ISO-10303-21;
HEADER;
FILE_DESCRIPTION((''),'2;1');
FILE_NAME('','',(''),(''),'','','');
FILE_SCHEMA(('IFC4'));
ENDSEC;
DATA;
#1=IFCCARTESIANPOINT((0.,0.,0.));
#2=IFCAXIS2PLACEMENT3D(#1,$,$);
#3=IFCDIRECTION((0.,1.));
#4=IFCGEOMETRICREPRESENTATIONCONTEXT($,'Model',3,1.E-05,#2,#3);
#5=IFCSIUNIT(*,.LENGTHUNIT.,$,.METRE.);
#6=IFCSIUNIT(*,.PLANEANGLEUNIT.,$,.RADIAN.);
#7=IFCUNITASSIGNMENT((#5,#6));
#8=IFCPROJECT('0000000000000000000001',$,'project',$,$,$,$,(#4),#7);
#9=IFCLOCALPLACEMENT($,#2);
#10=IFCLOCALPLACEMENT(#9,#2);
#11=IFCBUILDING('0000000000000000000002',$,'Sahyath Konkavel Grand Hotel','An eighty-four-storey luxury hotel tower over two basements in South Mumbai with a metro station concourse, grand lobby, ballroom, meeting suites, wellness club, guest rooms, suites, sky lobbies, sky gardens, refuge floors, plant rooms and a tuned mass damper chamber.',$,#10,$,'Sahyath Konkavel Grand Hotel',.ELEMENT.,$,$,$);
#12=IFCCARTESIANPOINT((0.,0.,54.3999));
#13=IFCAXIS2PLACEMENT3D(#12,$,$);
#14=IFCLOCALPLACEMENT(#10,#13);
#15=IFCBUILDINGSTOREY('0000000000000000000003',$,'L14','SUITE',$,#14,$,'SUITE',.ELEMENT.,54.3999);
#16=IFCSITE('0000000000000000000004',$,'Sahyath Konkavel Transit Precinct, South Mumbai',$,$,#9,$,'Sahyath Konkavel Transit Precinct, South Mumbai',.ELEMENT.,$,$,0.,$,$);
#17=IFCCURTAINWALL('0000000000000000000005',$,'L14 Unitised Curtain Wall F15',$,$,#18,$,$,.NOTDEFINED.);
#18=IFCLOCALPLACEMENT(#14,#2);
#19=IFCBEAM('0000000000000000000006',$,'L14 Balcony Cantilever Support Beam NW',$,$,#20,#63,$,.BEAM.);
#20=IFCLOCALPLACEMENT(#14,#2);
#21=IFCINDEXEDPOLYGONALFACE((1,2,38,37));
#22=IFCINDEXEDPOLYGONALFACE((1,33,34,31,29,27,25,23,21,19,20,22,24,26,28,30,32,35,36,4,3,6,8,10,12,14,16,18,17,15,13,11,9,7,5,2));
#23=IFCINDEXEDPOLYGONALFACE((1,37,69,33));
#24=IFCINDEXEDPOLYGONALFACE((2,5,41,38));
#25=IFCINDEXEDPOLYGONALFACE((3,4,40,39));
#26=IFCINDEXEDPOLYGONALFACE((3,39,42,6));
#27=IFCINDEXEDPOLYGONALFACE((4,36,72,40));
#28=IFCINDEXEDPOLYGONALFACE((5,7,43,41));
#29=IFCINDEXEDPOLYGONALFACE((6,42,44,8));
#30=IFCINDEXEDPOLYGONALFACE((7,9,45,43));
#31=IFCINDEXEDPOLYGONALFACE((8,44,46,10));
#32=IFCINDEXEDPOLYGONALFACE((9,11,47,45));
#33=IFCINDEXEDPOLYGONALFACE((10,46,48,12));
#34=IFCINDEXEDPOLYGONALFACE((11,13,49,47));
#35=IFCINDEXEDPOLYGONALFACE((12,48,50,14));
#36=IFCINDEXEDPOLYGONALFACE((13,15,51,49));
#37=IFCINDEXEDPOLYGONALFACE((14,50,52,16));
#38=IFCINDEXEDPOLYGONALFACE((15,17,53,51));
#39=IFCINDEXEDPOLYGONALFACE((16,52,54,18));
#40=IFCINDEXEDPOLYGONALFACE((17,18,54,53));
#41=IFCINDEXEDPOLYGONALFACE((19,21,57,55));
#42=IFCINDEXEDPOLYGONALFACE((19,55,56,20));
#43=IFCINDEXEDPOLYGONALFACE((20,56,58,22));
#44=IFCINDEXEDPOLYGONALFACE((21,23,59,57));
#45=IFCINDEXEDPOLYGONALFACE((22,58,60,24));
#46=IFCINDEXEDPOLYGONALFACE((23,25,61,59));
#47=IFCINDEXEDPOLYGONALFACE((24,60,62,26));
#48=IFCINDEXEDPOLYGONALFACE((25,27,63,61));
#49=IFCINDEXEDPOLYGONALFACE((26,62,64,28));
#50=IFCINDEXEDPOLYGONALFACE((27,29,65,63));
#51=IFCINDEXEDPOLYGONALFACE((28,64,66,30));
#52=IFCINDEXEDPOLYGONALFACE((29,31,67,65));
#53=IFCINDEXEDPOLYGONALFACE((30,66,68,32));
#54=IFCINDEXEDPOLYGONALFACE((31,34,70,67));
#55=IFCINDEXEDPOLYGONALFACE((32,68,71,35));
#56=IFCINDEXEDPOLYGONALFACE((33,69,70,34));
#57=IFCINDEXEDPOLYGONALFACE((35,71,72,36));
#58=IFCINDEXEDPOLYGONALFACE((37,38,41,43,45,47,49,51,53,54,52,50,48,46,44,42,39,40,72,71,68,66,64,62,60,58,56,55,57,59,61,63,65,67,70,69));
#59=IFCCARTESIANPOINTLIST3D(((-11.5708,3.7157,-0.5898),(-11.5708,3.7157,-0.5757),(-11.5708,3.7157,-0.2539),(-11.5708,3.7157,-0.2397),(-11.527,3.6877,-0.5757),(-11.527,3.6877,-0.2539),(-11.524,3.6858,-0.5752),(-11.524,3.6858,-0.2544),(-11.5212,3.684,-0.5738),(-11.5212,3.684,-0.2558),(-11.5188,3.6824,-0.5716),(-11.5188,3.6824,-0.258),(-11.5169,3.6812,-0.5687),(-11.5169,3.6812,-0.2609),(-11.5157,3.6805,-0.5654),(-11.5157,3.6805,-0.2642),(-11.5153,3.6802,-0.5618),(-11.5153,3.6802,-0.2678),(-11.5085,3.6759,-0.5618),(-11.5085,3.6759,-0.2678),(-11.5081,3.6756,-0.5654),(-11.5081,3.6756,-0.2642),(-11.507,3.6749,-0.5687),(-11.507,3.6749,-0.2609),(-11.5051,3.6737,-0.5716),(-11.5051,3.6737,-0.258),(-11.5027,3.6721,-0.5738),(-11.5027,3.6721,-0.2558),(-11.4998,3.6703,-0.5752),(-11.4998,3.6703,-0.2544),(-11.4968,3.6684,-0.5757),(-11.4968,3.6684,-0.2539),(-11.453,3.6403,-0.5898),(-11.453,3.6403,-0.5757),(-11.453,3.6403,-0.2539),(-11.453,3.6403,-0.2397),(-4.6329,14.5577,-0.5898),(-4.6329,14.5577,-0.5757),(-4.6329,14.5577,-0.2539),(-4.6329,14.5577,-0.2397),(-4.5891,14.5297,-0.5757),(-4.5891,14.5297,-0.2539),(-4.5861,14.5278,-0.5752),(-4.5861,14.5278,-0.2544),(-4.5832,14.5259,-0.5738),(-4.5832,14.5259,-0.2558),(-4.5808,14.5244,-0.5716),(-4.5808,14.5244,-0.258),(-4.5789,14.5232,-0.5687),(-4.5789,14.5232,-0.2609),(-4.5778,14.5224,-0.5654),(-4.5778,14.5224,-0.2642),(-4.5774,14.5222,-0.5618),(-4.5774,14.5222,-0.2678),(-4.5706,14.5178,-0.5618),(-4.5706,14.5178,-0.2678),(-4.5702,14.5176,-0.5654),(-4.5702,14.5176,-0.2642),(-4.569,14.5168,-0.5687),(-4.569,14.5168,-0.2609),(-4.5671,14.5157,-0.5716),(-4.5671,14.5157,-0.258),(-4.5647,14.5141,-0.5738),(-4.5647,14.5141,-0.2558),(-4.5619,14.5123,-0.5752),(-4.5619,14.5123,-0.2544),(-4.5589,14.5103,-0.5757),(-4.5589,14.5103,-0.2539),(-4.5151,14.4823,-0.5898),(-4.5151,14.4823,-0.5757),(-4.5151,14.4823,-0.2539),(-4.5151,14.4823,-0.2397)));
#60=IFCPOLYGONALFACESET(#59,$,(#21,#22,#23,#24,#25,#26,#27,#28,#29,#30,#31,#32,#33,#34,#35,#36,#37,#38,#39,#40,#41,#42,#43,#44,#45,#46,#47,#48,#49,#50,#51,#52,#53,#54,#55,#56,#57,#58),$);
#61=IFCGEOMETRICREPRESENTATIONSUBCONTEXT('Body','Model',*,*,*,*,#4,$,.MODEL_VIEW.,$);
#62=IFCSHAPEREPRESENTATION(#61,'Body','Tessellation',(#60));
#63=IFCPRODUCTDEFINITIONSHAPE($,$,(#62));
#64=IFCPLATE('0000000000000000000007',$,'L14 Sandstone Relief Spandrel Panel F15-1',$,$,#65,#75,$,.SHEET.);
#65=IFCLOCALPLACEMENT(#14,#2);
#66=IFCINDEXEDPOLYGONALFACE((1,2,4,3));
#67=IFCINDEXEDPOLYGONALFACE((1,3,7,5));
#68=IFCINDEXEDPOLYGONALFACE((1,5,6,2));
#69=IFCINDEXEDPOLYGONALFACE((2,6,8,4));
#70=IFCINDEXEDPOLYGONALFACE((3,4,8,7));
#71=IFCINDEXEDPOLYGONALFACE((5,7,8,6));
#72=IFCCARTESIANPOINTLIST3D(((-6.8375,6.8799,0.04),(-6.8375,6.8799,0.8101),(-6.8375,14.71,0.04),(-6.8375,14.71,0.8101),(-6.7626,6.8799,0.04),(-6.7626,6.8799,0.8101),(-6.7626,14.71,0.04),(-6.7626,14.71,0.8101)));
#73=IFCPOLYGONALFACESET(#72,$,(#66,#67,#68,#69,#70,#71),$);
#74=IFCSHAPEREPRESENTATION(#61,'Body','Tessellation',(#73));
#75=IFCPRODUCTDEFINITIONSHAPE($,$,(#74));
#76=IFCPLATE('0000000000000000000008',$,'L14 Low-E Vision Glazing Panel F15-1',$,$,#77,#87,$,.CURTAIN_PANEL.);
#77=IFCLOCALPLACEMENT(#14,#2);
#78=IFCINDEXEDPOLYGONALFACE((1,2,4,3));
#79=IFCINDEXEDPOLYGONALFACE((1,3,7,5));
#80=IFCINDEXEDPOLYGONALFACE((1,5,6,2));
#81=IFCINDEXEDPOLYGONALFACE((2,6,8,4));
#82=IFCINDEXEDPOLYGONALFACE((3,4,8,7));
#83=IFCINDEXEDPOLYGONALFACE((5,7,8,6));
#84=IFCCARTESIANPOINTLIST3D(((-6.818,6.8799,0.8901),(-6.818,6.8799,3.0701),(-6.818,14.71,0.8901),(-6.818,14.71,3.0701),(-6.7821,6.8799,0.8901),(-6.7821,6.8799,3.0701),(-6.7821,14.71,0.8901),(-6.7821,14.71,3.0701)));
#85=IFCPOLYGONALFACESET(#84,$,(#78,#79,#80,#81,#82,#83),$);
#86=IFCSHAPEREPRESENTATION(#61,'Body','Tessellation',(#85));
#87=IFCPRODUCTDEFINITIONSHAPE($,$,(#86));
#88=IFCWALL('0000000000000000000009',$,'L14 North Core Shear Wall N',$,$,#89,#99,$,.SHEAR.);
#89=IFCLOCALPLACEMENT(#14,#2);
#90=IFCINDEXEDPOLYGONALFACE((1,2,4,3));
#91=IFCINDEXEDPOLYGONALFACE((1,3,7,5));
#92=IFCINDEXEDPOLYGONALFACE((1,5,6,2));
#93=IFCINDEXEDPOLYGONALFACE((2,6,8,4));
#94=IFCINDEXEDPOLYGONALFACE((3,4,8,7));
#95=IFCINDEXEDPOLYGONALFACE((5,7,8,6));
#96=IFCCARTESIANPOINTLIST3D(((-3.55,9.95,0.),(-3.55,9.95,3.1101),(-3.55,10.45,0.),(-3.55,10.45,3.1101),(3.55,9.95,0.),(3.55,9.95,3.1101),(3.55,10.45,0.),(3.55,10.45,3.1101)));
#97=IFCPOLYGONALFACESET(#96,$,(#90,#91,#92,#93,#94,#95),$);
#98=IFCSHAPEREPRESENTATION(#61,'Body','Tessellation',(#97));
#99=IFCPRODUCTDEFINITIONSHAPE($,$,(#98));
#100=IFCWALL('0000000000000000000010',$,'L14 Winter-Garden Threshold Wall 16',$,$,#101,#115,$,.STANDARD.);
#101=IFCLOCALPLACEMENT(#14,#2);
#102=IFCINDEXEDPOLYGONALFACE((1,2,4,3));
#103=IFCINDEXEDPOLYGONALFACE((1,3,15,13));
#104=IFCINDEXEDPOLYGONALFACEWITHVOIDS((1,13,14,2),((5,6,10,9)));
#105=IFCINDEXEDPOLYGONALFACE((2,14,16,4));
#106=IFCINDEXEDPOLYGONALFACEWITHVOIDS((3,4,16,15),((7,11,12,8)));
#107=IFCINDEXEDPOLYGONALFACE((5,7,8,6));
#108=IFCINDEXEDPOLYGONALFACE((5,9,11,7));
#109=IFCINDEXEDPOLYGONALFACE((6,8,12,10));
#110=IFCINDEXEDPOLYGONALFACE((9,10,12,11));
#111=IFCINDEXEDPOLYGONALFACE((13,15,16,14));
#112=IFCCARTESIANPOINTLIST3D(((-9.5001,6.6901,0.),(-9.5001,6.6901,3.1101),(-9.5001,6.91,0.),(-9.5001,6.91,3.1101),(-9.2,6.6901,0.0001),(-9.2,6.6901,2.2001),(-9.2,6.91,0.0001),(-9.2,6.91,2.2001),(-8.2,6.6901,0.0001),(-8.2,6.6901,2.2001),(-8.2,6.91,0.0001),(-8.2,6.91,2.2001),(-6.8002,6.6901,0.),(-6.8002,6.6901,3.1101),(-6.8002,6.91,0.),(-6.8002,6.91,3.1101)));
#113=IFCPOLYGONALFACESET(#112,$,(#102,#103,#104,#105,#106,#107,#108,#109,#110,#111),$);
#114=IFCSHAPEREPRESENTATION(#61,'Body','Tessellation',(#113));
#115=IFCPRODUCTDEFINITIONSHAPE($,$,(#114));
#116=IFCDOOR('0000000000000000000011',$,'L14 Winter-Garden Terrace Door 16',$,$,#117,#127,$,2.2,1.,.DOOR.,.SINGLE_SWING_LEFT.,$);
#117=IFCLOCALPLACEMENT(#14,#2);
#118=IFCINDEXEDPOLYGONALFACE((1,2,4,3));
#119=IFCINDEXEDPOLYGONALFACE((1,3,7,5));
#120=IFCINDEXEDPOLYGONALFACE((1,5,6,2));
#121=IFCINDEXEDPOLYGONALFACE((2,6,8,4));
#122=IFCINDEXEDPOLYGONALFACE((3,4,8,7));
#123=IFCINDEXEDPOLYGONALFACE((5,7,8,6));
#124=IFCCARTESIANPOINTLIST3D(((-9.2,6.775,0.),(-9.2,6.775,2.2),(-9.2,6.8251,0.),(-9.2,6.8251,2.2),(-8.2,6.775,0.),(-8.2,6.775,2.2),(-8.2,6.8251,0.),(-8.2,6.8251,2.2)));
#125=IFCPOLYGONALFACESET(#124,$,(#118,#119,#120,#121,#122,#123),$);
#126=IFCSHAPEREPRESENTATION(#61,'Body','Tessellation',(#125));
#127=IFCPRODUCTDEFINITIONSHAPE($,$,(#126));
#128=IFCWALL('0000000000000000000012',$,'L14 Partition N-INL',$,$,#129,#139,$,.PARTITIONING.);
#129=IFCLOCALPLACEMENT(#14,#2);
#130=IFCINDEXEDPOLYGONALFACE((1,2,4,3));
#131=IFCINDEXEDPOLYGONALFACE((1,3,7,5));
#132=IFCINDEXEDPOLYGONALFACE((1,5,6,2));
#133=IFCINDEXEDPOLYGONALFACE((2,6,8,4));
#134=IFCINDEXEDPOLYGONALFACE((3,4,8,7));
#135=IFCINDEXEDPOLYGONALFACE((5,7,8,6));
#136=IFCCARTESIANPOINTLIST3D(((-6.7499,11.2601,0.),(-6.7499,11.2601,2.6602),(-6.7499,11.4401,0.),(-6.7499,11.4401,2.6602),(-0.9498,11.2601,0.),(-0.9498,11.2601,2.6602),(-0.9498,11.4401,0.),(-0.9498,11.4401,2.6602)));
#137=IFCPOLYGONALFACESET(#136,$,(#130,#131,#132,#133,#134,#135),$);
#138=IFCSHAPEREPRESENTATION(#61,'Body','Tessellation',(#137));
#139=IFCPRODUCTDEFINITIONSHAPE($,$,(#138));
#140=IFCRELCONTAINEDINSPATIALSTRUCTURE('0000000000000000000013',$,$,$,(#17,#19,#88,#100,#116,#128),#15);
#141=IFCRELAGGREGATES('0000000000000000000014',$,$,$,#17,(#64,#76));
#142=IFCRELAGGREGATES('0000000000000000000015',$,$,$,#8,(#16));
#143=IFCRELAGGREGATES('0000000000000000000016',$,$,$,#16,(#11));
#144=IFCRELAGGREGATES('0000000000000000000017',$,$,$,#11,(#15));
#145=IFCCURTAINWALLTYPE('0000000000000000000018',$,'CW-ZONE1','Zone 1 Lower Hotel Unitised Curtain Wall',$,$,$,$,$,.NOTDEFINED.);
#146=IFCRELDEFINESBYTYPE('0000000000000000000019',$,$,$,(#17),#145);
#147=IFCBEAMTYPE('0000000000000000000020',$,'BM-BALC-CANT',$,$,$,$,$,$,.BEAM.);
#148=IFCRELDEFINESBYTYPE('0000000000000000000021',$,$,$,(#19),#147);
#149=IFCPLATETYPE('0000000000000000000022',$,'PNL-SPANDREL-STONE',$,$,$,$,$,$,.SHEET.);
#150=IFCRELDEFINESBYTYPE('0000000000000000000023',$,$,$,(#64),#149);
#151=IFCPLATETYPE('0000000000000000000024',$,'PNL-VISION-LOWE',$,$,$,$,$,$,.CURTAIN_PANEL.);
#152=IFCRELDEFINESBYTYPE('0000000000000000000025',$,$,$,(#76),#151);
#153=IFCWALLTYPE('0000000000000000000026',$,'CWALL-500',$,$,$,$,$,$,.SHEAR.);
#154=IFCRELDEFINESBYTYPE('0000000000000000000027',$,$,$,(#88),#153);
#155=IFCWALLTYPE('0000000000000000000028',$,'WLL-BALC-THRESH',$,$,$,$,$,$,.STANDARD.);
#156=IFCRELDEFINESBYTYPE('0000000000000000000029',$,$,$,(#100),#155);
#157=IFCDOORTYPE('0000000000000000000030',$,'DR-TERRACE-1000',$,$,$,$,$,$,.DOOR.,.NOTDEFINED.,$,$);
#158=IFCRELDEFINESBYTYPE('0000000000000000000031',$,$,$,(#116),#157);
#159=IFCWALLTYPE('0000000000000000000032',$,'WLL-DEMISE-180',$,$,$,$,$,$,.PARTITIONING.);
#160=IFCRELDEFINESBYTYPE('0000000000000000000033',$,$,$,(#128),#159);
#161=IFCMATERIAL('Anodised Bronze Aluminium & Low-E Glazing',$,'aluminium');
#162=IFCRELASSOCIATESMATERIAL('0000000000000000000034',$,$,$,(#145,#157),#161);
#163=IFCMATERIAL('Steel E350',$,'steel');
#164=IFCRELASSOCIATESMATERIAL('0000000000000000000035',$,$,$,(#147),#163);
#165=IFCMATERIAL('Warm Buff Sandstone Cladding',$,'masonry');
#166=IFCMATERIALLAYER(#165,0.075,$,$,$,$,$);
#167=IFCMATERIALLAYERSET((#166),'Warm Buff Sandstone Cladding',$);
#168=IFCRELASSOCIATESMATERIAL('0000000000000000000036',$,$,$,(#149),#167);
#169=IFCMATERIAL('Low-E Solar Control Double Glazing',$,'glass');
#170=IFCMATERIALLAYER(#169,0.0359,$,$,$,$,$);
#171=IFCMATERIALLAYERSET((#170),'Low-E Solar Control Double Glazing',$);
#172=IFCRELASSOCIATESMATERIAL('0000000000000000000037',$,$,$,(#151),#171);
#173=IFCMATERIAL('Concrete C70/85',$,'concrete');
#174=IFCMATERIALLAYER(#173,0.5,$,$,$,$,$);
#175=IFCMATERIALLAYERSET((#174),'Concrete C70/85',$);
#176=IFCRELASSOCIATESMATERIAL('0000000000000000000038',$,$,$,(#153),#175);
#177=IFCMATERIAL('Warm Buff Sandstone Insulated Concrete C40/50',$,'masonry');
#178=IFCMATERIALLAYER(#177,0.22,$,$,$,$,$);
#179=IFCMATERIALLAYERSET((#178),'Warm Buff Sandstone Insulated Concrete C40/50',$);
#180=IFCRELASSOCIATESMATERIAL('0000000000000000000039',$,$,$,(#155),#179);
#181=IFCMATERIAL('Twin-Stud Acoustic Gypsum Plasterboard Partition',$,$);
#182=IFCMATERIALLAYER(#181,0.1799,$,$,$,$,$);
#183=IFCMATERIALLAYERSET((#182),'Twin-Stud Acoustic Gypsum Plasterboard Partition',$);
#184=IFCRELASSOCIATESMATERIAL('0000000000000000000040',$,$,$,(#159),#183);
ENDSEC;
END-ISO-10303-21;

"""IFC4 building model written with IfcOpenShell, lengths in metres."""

from ifc_helpers import new_model, si_unit, direction, frame, frame_2d, origin, origin_2d, place, context, subcontext, project, spatial, rectangle, i_section, extrude, source, transform, mapped, material, layer, layer_set, material_profile, profile_set, type_object, element, fill, aggregate, save


model = new_model("IFC4")

# Units and contexts
model_context = context("Model", 3, precision=1e-05, world=origin(), true_north=direction((0.0, 1.0)))
body_context = subcontext(model_context, "Body", "Model", "MODEL_VIEW")
ifc_project = project(units=[si_unit("LENGTHUNIT", "METRE"), si_unit("PLANEANGLEUNIT", "RADIAN")], contexts=[model_context])

# Site, building, storey
site_placement = place(None, origin())
site = spatial("IfcSite", under=ifc_project, at=site_placement, Name="Sahyath Konkavel Transit Precinct, South Mumbai", LongName="Sahyath Konkavel Transit Precinct, South Mumbai", CompositionType="ELEMENT", RefElevation=0.0)
building_placement = place(site_placement, origin())
building = spatial("IfcBuilding", under=site, at=building_placement, Name="Sahyath Konkavel Grand Hotel", Description="An eighty-four-storey luxury hotel tower over two basements in South Mumbai with a metro station concourse, grand lobby, ballroom, meeting suites, wellness club, guest rooms, suites, sky lobbies, sky gardens, refuge floors, plant rooms and a tuned mass damper chamber.", LongName="Sahyath Konkavel Grand Hotel", CompositionType="ELEMENT")
storey_placement = place(building_placement, frame((0.0, 0.0, 54.3999)))
storey = spatial("IfcBuildingStorey", under=building, at=storey_placement, Name="L14", Description="SUITE", LongName="SUITE", CompositionType="ELEMENT", Elevation=54.3999)

# Shared definitions
ifc_material_1 = material(Name="Concrete C70/85", Category="concrete")

# Shared definitions
ifc_material_2 = material(Name="Steel E350", Category="steel")

# Curtain wall
ifc_material_3 = material(Name="Anodised Bronze Aluminium & Low-E Glazing", Category="aluminium")
curtain_wall_type = type_object("IfcCurtainWallType", Name="CW-ZONE1", Description="Zone 1 Lower Hotel Unitised Curtain Wall", PredefinedType="NOTDEFINED", material=ifc_material_3)
curtain_wall_1_placement = place(storey_placement, origin())
curtain_wall_1 = element("IfcCurtainWall", 1, at=curtain_wall_1_placement, inside=storey, type_object=curtain_wall_type, Name="L14 Unitised Curtain Wall F15", PredefinedType="NOTDEFINED")

# Beam
ifc_material_profile_1 = material_profile(ifc_material_2, i_section(OverallWidth=0.1399, OverallDepth=0.3501, WebThickness=0.0081, FlangeThickness=0.0142, FilletRadius=0.0139, at=origin_2d()), Name="ISMB 350")
ifc_profile_set_1 = profile_set([ifc_material_profile_1], Name="Steel E350")
beam_type_1 = type_object("IfcBeamType", Name="BM-BALC-CANT", PredefinedType="BEAM", material=ifc_profile_set_1)
shared_shape_1 = source(origin(), body_context, "Body", "SweptSolid", [
    extrude(i_section(OverallWidth=0.1399, OverallDepth=0.3501, WebThickness=0.0081, FlangeThickness=0.0142, FilletRadius=0.0139, at=origin_2d()), origin(), (0.0, 0.0, 1.0), 12.8718),
])
beam_1_placement = place(storey_placement, frame((-4.574, 14.52, -0.4148), z_axis=(-0.539003, -0.842304, 0.0), x_axis=(0.842304, -0.539003, 0.0)))
element("IfcBeam", 2, at=beam_1_placement, inside=storey, type_object=beam_type_1, Name="L14 Balcony Cantilever Support Beam NW", PredefinedType="BEAM", context=body_context, shape_type="MappedRepresentation", body=[
    mapped(shared_shape_1, transform((0.0, 0.0, 0.0), scale=1.0)),
])

# Plates
ifc_material_4 = material(Name="Warm Buff Sandstone Cladding", Category="masonry")
ifc_layer_1 = layer(ifc_material_4, 0.075)
ifc_layer_set_1 = layer_set([ifc_layer_1], Name="Warm Buff Sandstone Cladding")
plate_type_1 = type_object("IfcPlateType", Name="PNL-SPANDREL-STONE", PredefinedType="SHEET", material=ifc_layer_set_1)
shared_shape_2 = source(origin(), body_context, "Body", "SweptSolid", [
    extrude(rectangle(XDim=7.8301, YDim=0.075, at=origin_2d()), origin(), (0.0, 0.0, 1.0), 0.77),
])
plate_1_placement = place(storey_placement, frame((-6.8, 10.7949, 0.04), z_axis=(0.0, 0.0, 1.0), x_axis=(0.0, -1.0, 0.0)))
plate_1 = element("IfcPlate", 3, at=plate_1_placement, type_object=plate_type_1, Name="L14 Sandstone Relief Spandrel Panel F15-1", PredefinedType="SHEET", context=body_context, shape_type="MappedRepresentation", body=[
    mapped(shared_shape_2, transform((0.0, 0.0, 0.0), scale=1.0)),
])
ifc_material_5 = material(Name="Low-E Solar Control Double Glazing", Category="glass")
ifc_layer_2 = layer(ifc_material_5, 0.0359)
ifc_layer_set_2 = layer_set([ifc_layer_2], Name="Low-E Solar Control Double Glazing")
plate_type_2 = type_object("IfcPlateType", Name="PNL-VISION-LOWE", PredefinedType="CURTAIN_PANEL", material=ifc_layer_set_2)
shared_shape_3 = source(origin(), body_context, "Body", "SweptSolid", [
    extrude(rectangle(XDim=7.8301, YDim=0.0359, at=origin_2d()), origin(), (0.0, 0.0, 1.0), 2.1799),
])
plate_2_placement = place(storey_placement, frame((-6.8, 10.7949, 0.8901), z_axis=(0.0, 0.0, 1.0), x_axis=(0.0, -1.0, 0.0)))
plate_2 = element("IfcPlate", 4, at=plate_2_placement, type_object=plate_type_2, Name="L14 Low-E Vision Glazing Panel F15-1", PredefinedType="CURTAIN_PANEL", context=body_context, shape_type="MappedRepresentation", body=[
    mapped(shared_shape_3, transform((0.0, 0.0, 0.0), scale=1.0)),
])
aggregate(curtain_wall_1, [plate_1, plate_2])

# Wall
ifc_layer_3 = layer(ifc_material_1, 0.5)
ifc_layer_set_3 = layer_set([ifc_layer_3], Name="Concrete C70/85")
wall_type_1 = type_object("IfcWallType", Name="CWALL-500", PredefinedType="SHEAR", material=ifc_layer_set_3)
wall_1_placement = place(storey_placement, frame((-3.55, 10.2, 0.0), z_axis=(0.0, 0.0, 1.0), x_axis=(1.0, 0.0, 0.0)))
element("IfcWall", 5, at=wall_1_placement, inside=storey, type_object=wall_type_1, Name="L14 North Core Shear Wall N", PredefinedType="SHEAR", context=body_context, shape_type="SweptSolid", body=[
    extrude(rectangle(XDim=7.1001, YDim=0.5, at=frame_2d((3.55, 0.0))), origin(), (0.0, 0.0, 1.0), 3.1101),
])

# Wall, opening, door
ifc_material_6 = material(Name="Warm Buff Sandstone Insulated Concrete C40/50", Category="masonry")
ifc_layer_4 = layer(ifc_material_6, 0.22)
ifc_layer_set_4 = layer_set([ifc_layer_4], Name="Warm Buff Sandstone Insulated Concrete C40/50")
wall_type_2 = type_object("IfcWallType", Name="WLL-BALC-THRESH", PredefinedType="STANDARD", material=ifc_layer_set_4)
wall_2_placement = place(storey_placement, frame((-6.8, 6.8, 0.0), z_axis=(0.0, 0.0, 1.0), x_axis=(-1.0, 0.0, 0.0)))
wall_2 = element("IfcWall", 6, at=wall_2_placement, inside=storey, type_object=wall_type_2, Name="L14 Winter-Garden Threshold Wall 16", PredefinedType="STANDARD", context=body_context, shape_type="SweptSolid", body=[
    extrude(rectangle(XDim=2.7, YDim=0.22, at=frame_2d((1.3501, 0.0))), origin(), (0.0, 0.0, 1.0), 3.1101),
])
opening_1_placement = place(wall_2_placement, frame((1.3999, 0.0, 0.0)))
opening_1 = element("IfcOpeningElement", 7, at=opening_1_placement, cuts=wall_2, PredefinedType="OPENING", context=body_context, shape_type="SweptSolid", body=[
    extrude(rectangle(XDim=1.0, YDim=2.2, at=frame_2d((0.5, 1.1001))), frame((0.0, 0.1201, 0.0), z_axis=(0.0, -1.0, 0.0), x_axis=(1.0, 0.0, 0.0)), (0.0, 0.0, 1.0), 0.24),
])
door_type_1 = type_object("IfcDoorType", Name="DR-TERRACE-1000", OperationType="NOTDEFINED", PredefinedType="DOOR", material=ifc_material_3)
shared_shape_4 = source(origin(), body_context, "Body", "SweptSolid", [
    extrude(rectangle(XDim=1.0, YDim=0.05, at=origin_2d()), origin(), (0.0, 0.0, 1.0), 2.2),
])
door_1_placement = place(opening_1_placement, frame((0.5, 0.0, 0.0)))
door_1 = element("IfcDoor", 8, at=door_1_placement, inside=storey, type_object=door_type_1, Name="L14 Winter-Garden Terrace Door 16", OperationType="SINGLE_SWING_LEFT", OverallHeight=2.2, OverallWidth=1.0, PredefinedType="DOOR", context=body_context, shape_type="MappedRepresentation", body=[
    mapped(shared_shape_4, transform((0.0, 0.0, 0.0), scale=1.0)),
])
fill(opening_1, door_1)

# Wall
ifc_material_7 = material(Name="Twin-Stud Acoustic Gypsum Plasterboard Partition")
ifc_layer_5 = layer(ifc_material_7, 0.1799)
ifc_layer_set_5 = layer_set([ifc_layer_5], Name="Twin-Stud Acoustic Gypsum Plasterboard Partition")
wall_type_3 = type_object("IfcWallType", Name="WLL-DEMISE-180", PredefinedType="PARTITIONING", material=ifc_layer_set_5)
wall_3_placement = place(storey_placement, frame((-0.95, 11.3501, 0.0), z_axis=(0.0, 0.0, 1.0), x_axis=(-1.0, 0.0, 0.0)))
element("IfcWall", 9, at=wall_3_placement, inside=storey, type_object=wall_type_3, Name="L14 Partition N-INL", PredefinedType="PARTITIONING", context=body_context, shape_type="SweptSolid", body=[
    extrude(rectangle(XDim=5.8, YDim=0.1799, at=frame_2d((2.8999, 0.0))), origin(), (0.0, 0.0, 1.0), 2.6602),
])

save(model, "model.ifc")
